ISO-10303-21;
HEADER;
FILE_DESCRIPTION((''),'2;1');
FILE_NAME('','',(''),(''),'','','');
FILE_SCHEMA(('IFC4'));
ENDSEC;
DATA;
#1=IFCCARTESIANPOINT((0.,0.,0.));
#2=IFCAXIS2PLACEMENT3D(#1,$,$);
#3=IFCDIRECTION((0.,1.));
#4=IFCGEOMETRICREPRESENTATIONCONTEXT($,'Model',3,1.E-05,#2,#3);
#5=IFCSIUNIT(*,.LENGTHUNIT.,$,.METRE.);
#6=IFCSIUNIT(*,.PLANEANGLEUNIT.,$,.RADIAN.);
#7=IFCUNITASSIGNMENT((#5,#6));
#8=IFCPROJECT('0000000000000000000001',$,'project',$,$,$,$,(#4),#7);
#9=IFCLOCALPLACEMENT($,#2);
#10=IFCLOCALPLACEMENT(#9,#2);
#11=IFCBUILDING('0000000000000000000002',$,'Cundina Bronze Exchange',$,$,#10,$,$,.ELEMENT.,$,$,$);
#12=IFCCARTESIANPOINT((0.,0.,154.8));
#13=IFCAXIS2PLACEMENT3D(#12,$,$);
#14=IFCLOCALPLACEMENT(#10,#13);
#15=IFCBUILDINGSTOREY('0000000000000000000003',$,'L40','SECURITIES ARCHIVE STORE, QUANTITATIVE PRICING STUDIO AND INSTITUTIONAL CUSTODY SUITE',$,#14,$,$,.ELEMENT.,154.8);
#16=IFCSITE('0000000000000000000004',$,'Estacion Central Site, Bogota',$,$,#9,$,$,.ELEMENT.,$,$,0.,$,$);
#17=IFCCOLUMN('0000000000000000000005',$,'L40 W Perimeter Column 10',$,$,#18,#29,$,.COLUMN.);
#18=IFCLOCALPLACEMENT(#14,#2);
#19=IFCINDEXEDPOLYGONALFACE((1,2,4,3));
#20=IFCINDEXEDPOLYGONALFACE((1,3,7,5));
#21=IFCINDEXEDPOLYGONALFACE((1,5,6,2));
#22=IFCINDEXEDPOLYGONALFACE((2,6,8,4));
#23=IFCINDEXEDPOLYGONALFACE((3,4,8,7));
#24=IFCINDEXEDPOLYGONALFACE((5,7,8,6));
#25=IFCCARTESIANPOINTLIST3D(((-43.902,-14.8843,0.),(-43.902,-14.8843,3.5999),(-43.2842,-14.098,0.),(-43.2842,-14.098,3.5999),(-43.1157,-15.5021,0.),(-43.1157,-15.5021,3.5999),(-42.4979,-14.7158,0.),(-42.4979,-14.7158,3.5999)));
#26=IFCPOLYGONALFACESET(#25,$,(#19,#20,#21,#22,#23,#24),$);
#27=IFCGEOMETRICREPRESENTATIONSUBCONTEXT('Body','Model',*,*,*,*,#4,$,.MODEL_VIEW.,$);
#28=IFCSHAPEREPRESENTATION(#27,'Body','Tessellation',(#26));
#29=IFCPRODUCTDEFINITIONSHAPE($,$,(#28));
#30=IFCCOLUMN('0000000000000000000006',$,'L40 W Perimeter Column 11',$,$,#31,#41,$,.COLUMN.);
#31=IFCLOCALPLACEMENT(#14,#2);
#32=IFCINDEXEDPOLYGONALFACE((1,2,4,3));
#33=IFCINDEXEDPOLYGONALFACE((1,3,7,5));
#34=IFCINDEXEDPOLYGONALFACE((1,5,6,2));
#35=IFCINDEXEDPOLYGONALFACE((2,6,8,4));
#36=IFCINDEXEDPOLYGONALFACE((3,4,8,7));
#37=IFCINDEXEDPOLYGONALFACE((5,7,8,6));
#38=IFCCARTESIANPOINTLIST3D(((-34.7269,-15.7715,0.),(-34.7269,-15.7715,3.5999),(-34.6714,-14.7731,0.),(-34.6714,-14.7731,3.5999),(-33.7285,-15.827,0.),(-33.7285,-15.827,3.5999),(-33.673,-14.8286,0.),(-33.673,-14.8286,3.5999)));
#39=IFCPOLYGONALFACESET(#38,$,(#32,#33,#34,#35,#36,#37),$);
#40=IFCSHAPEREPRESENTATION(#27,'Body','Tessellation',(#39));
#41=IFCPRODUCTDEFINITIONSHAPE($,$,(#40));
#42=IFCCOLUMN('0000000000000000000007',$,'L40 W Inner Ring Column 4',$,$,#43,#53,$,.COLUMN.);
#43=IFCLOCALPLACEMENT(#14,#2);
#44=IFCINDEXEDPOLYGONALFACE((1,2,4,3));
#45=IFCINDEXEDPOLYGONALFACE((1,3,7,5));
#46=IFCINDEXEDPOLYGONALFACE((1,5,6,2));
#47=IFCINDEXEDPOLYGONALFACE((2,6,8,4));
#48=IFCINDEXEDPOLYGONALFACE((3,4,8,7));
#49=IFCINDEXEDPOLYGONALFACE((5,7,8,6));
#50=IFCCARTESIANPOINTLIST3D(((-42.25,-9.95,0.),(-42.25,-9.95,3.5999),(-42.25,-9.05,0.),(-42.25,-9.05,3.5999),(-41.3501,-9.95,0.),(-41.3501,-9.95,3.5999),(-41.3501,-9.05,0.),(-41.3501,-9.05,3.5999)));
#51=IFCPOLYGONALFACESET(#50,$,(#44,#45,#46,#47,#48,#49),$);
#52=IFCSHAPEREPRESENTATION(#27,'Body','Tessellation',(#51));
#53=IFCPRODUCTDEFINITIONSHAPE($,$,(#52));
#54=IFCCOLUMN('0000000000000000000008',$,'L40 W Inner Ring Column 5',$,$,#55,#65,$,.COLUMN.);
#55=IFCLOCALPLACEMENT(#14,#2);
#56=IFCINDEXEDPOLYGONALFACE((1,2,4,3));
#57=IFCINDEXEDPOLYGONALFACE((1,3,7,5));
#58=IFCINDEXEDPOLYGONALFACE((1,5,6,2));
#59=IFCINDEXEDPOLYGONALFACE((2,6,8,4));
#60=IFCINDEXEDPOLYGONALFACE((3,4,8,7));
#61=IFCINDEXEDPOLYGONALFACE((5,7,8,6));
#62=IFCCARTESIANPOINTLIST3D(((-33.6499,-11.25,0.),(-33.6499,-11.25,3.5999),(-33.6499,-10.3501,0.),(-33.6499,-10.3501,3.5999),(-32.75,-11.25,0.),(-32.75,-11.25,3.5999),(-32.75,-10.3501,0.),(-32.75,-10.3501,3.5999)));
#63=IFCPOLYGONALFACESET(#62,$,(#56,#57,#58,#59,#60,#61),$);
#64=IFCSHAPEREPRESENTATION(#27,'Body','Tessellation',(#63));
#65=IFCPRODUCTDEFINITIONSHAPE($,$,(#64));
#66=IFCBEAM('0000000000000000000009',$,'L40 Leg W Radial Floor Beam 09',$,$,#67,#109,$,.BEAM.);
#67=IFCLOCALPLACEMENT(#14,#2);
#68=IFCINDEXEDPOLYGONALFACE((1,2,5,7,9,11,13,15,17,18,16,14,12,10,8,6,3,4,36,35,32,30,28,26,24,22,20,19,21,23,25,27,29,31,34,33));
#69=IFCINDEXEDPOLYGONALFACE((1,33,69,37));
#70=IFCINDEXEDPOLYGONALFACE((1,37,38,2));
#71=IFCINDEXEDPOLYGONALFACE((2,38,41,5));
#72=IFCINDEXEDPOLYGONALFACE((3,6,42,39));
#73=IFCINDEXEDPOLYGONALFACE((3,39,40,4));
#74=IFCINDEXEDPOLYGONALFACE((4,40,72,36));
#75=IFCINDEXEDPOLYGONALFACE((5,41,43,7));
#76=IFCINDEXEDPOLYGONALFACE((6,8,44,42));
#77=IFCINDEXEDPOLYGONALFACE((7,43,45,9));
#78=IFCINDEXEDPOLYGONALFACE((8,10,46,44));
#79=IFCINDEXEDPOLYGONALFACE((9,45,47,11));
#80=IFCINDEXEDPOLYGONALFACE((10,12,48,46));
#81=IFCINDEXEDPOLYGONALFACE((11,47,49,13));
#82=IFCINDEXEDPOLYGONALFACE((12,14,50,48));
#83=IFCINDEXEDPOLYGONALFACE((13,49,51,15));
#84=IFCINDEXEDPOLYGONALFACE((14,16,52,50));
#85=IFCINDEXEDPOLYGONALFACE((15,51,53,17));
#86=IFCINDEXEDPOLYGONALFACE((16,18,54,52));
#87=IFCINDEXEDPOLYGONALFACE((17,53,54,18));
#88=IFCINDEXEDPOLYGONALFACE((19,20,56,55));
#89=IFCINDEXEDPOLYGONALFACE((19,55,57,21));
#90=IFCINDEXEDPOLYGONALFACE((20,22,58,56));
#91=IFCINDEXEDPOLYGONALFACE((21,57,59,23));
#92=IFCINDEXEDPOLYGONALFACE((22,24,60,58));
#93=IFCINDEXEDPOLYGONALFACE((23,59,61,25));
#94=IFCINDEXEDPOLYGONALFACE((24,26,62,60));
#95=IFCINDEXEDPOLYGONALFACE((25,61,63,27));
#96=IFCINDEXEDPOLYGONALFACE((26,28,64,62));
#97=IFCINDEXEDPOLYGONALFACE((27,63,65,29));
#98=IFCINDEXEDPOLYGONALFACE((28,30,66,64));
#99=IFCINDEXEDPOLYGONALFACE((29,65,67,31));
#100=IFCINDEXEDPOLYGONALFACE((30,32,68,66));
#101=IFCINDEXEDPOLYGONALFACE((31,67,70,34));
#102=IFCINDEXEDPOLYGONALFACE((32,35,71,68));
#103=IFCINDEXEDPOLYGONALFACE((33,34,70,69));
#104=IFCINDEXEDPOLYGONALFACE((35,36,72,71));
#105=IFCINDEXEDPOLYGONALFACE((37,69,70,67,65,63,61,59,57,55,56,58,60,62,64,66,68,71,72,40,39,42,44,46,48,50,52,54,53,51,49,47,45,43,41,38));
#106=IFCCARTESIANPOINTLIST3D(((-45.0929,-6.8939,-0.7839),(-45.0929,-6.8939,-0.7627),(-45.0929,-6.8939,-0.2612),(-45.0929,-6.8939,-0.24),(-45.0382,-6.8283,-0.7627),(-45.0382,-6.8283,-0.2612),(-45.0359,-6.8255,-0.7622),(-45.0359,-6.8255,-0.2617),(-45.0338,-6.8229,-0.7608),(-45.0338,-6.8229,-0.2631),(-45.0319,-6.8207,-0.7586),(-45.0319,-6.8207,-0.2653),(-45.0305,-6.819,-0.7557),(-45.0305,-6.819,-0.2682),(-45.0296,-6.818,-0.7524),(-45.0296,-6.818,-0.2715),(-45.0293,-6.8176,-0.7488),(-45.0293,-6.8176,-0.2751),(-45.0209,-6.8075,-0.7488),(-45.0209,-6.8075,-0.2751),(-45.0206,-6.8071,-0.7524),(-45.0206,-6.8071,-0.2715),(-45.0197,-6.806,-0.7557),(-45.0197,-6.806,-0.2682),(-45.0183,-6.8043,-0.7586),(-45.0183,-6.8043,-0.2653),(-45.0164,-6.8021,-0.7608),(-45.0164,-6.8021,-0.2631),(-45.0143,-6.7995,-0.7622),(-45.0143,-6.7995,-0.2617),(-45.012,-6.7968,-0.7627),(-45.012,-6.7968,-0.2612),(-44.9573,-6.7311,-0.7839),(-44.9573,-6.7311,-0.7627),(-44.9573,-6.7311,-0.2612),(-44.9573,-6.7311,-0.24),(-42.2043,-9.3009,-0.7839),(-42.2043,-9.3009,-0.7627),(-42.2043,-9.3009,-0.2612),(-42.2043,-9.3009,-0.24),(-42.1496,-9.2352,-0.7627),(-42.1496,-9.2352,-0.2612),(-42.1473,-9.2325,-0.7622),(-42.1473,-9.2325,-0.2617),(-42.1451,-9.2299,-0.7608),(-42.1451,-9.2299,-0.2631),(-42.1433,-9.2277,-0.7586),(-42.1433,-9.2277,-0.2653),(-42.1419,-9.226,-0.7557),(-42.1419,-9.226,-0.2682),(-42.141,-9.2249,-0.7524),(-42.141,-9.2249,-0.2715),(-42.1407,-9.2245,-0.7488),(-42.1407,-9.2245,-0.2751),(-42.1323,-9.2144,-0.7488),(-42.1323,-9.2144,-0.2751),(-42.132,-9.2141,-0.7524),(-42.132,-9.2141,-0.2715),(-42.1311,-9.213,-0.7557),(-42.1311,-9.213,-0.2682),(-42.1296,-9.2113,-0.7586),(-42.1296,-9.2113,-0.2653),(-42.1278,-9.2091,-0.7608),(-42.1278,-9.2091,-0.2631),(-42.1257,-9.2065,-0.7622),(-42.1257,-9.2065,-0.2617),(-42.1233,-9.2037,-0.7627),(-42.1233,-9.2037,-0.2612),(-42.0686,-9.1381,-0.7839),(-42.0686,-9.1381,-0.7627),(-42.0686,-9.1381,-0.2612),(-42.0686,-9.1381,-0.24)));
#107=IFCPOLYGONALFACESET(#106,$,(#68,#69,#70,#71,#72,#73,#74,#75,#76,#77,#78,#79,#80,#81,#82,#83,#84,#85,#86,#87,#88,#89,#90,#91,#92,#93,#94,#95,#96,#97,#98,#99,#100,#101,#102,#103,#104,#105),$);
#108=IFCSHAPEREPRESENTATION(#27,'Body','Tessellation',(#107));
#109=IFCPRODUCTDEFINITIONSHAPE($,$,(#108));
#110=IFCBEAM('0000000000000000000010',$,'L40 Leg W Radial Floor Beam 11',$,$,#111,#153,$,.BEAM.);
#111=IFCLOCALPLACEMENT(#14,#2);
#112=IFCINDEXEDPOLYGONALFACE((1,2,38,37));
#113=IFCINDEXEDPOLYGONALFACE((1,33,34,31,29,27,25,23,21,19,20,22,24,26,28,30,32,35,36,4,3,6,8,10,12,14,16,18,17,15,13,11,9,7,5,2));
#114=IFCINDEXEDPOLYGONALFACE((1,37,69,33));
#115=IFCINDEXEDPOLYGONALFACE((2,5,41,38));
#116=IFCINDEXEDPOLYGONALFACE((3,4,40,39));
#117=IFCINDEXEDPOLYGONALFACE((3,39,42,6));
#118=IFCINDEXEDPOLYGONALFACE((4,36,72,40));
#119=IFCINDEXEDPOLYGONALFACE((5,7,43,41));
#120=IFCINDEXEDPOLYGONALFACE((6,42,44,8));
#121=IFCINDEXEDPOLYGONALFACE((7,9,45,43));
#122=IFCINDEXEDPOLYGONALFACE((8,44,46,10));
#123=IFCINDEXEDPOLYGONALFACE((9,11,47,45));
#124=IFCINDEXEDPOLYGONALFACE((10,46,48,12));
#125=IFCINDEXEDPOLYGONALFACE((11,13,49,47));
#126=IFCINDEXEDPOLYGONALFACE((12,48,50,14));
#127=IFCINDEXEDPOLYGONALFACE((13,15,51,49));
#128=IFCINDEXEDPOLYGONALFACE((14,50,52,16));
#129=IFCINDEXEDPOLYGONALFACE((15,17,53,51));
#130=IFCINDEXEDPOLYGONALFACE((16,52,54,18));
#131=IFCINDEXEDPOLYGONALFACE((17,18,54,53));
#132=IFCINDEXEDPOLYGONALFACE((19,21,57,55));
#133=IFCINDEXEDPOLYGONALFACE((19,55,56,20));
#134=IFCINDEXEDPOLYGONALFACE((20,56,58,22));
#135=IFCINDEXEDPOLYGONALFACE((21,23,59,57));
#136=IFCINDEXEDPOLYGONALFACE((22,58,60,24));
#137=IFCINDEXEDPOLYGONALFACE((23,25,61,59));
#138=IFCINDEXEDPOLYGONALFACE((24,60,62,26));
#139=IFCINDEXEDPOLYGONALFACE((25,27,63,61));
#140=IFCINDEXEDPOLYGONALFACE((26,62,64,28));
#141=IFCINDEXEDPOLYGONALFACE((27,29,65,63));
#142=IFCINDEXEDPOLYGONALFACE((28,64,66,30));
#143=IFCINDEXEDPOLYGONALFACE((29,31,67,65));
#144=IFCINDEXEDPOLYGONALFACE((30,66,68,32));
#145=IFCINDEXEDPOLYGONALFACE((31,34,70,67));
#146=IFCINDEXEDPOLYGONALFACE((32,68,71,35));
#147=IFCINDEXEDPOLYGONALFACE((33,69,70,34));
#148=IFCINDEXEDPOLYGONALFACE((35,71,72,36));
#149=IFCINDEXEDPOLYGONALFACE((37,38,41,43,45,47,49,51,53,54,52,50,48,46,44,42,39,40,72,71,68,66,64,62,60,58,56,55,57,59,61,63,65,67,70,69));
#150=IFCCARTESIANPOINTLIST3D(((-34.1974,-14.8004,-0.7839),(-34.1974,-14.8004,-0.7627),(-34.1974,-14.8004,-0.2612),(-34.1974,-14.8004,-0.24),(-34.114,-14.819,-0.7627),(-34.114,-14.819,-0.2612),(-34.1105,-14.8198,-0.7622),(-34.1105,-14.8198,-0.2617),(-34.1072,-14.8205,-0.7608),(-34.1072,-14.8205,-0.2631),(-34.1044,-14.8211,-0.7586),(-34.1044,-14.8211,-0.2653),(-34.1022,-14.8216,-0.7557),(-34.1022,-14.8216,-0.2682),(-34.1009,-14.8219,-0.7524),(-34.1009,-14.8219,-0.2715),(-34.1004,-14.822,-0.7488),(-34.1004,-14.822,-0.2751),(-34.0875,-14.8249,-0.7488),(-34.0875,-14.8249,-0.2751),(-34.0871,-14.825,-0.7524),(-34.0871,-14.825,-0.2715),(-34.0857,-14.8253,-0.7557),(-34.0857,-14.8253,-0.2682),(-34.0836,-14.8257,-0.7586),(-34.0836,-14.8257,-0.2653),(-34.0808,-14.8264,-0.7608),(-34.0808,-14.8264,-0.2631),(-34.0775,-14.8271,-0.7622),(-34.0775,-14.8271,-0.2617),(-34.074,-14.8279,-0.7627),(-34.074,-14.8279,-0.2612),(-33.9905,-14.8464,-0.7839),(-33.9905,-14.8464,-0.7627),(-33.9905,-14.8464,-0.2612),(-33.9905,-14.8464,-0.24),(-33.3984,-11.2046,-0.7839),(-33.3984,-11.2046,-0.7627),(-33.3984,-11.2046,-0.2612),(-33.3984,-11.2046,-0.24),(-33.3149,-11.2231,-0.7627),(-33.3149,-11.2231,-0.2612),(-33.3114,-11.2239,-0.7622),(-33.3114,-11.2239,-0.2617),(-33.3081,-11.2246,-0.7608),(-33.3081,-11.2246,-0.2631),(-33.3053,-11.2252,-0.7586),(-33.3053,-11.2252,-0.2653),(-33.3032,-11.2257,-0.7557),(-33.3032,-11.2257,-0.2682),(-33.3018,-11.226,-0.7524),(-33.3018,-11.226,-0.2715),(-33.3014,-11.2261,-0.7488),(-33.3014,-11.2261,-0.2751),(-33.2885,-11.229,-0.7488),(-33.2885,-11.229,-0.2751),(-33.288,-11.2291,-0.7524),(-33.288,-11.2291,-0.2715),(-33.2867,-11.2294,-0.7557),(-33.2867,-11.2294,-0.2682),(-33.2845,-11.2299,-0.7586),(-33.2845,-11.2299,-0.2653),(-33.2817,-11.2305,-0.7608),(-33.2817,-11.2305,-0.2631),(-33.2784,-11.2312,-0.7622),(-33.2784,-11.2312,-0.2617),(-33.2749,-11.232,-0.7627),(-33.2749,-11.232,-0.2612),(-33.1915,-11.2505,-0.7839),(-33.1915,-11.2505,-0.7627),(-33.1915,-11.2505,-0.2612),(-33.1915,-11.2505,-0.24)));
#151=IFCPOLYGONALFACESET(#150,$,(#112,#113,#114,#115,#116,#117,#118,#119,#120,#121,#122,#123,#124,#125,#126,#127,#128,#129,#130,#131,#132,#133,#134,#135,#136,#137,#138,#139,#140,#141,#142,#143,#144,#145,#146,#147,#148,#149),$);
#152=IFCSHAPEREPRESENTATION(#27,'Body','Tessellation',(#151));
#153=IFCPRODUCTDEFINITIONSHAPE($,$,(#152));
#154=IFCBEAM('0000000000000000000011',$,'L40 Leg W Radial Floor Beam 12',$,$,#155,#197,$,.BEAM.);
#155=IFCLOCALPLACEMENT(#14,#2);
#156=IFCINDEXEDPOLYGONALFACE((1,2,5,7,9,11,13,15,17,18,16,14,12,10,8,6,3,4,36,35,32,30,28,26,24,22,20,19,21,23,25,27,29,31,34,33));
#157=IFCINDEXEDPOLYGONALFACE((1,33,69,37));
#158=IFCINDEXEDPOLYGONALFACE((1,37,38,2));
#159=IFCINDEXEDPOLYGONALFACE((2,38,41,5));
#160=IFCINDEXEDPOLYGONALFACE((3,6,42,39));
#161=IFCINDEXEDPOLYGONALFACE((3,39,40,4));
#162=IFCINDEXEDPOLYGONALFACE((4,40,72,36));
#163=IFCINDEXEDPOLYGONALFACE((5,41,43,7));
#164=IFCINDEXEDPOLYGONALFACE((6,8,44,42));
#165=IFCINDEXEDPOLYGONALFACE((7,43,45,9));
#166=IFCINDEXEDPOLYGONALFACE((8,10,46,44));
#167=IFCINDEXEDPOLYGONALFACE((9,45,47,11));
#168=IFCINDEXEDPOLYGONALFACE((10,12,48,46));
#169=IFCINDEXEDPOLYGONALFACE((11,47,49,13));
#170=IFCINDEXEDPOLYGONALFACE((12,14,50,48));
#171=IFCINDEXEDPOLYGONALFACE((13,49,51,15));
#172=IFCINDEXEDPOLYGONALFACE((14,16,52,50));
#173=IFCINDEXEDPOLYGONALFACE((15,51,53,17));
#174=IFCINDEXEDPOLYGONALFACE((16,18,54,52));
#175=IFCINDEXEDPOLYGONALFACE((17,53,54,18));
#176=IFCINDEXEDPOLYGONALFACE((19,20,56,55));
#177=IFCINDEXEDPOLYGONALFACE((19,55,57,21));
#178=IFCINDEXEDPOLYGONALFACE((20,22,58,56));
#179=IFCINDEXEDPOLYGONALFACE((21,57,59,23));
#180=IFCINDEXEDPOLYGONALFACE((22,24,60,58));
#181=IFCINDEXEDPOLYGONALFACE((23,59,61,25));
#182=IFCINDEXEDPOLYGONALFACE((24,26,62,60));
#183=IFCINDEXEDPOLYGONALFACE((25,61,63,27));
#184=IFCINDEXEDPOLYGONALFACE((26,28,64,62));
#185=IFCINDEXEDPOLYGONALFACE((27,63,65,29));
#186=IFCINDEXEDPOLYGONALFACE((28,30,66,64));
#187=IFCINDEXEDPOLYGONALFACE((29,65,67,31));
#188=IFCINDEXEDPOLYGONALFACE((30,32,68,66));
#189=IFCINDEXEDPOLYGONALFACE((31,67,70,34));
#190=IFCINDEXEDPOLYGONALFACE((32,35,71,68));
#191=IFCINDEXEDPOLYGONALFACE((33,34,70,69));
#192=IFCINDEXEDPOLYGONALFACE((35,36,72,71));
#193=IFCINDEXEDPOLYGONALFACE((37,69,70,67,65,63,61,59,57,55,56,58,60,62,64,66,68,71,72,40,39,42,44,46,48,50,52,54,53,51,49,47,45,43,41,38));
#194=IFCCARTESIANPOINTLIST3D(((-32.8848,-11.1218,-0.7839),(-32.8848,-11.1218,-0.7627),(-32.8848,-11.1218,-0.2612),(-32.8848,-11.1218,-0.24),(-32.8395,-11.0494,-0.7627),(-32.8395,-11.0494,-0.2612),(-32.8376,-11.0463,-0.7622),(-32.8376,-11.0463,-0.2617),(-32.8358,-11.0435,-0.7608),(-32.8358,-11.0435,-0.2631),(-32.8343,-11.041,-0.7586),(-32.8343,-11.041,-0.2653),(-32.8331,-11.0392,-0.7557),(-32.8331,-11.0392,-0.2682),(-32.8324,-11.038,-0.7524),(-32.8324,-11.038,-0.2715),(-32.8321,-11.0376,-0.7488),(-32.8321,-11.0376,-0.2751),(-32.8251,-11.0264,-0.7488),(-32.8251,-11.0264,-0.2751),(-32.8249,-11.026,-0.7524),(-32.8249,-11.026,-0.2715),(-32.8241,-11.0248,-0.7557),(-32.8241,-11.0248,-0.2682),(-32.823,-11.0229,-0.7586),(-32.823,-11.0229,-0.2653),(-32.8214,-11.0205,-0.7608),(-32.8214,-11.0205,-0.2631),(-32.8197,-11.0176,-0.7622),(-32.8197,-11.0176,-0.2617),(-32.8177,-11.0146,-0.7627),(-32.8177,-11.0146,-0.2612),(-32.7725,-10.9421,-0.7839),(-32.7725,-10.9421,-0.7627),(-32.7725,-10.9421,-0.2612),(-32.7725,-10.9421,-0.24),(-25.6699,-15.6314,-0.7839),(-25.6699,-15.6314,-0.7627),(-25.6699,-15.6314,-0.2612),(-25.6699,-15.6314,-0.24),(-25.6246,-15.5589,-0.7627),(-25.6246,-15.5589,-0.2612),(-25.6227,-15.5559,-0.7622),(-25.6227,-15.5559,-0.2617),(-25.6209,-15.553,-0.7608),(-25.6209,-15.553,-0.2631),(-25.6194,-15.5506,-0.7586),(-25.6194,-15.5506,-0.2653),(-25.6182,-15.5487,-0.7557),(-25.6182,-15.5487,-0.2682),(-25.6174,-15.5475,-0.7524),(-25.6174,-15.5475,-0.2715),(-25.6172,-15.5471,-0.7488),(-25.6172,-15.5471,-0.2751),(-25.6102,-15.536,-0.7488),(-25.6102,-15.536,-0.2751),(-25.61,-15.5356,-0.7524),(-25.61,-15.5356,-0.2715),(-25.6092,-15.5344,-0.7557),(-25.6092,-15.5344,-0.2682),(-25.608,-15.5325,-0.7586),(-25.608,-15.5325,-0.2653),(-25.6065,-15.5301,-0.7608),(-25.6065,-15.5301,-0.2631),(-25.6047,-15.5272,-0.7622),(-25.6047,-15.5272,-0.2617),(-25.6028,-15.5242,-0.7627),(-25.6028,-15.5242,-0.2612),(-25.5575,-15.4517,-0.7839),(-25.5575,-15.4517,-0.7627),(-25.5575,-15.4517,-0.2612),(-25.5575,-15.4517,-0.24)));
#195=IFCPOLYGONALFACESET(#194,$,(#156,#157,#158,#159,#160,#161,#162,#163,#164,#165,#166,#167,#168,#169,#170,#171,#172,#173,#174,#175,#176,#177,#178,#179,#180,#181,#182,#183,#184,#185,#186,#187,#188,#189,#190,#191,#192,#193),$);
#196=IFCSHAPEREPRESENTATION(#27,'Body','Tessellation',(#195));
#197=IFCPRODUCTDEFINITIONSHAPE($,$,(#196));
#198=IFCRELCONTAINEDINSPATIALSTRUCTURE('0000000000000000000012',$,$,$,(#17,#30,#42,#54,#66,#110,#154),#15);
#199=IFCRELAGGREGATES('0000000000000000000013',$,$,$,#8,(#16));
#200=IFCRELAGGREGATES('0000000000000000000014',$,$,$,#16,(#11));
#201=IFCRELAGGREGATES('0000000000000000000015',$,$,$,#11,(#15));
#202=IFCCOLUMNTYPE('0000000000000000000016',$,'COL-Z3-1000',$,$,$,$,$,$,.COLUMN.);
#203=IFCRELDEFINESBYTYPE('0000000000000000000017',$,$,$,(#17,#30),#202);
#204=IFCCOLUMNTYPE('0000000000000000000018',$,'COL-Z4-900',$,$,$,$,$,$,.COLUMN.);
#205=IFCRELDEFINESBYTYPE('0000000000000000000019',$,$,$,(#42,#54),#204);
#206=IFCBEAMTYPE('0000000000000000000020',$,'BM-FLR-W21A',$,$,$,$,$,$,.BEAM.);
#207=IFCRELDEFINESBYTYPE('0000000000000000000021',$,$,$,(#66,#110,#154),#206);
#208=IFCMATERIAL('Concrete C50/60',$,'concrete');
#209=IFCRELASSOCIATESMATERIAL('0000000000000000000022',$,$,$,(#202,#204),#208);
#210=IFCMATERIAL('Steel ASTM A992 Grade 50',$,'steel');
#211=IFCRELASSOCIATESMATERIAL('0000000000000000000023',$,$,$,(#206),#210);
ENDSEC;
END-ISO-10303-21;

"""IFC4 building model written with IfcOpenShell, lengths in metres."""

from ifc_helpers import new_model, si_unit, direction, frame, origin, origin_2d, place, context, subcontext, project, spatial, rectangle, i_section, extrude, material, material_profile, profile_set, type_object, element, save


model = new_model("IFC4")

# Units and contexts
model_context = context("Model", 3, precision=1e-05, world=origin(), true_north=direction((0.0, 1.0)))
body_context = subcontext(model_context, "Body", "Model", "MODEL_VIEW")
ifc_project = project(units=[si_unit("LENGTHUNIT", "METRE"), si_unit("PLANEANGLEUNIT", "RADIAN")], contexts=[model_context])

# Site, building, storey
site_placement = place(None, origin())
site = spatial("IfcSite", under=ifc_project, at=site_placement, Name="Estacion Central Site, Bogota", CompositionType="ELEMENT", RefElevation=0.0)
building_placement = place(site_placement, origin())
building = spatial("IfcBuilding", under=site, at=building_placement, Name="Cundina Bronze Exchange", CompositionType="ELEMENT")
storey_placement = place(building_placement, frame((0.0, 0.0, 154.8)))
storey = spatial("IfcBuildingStorey", under=building, at=storey_placement, Name="L40", Description="SECURITIES ARCHIVE STORE, QUANTITATIVE PRICING STUDIO AND INSTITUTIONAL CUSTODY SUITE", CompositionType="ELEMENT", Elevation=154.8)

# Columns
ifc_material_1 = material(Name="Concrete C50/60", Category="concrete")
ifc_material_profile_1 = material_profile(ifc_material_1, rectangle(XDim=1.0, YDim=1.0, at=origin_2d()), Name="RC1000X1000", Category="concrete")
ifc_profile_set_1 = profile_set([ifc_material_profile_1], Name="Concrete C50/60")
column_type_1 = type_object("IfcColumnType", Name="COL-Z3-1000", PredefinedType="COLUMN", material=ifc_profile_set_1)
for number, where, z_axis, x_axis, name in (
    (1, (-43.2, -14.8, 0.0), (0.0, 0.0, 1.0), (0.786288, -0.61786, 0.0), "L40 W Perimeter Column 10"),
    (2, (-34.2, -15.3, 0.0), (0.0, 0.0, 1.0), (0.99846, -0.055473, 0.0), "L40 W Perimeter Column 11"),
):
    element("IfcColumn", number, at=place(storey_placement, frame(where, z_axis=z_axis, x_axis=x_axis)), inside=storey, type_object=column_type_1, Name=name, PredefinedType="COLUMN", context=body_context, shape_type="SweptSolid", body=[
        extrude(rectangle(XDim=1.0, YDim=1.0, at=origin_2d()), origin(), (0.0, 0.0, 1.0), 3.5999),
    ])
ifc_material_profile_2 = material_profile(ifc_material_1, rectangle(XDim=0.8999, YDim=0.8999, at=origin_2d()), Name="RC900X900", Category="concrete")
ifc_profile_set_2 = profile_set([ifc_material_profile_2], Name="Concrete C50/60")
column_type_2 = type_object("IfcColumnType", Name="COL-Z4-900", PredefinedType="COLUMN", material=ifc_profile_set_2)
for number, where, z_axis, x_axis, name in (
    (3, (-41.8, -9.5, 0.0), (0.0, 0.0, 1.0), (1.0, 0.0, 0.0), "L40 W Inner Ring Column 4"),
    (4, (-33.2, -10.8, 0.0), (0.0, 0.0, 1.0), (1.0, 0.0, 0.0), "L40 W Inner Ring Column 5"),
):
    element("IfcColumn", number, at=place(storey_placement, frame(where, z_axis=z_axis, x_axis=x_axis)), inside=storey, type_object=column_type_2, Name=name, PredefinedType="COLUMN", context=body_context, shape_type="SweptSolid", body=[
        extrude(rectangle(XDim=0.8999, YDim=0.8999, at=origin_2d()), origin(), (0.0, 0.0, 1.0), 3.5999),
    ])

# Beams
ifc_material_2 = material(Name="Steel ASTM A992 Grade 50", Category="steel")
ifc_material_profile_3 = material_profile(ifc_material_2, i_section(OverallWidth=0.2119, OverallDepth=0.5439, WebThickness=0.0132, FlangeThickness=0.0212, FilletRadius=0.0139, at=origin_2d()), Name="W21X83", Category="steel")
ifc_profile_set_3 = profile_set([ifc_material_profile_3], Name="Steel ASTM A992 Grade 50")
beam_type_1 = type_object("IfcBeamType", Name="BM-FLR-W21A", PredefinedType="BEAM", material=ifc_profile_set_3)
beam_1_placement = place(storey_placement, frame((-42.1365, -9.2195, -0.512), z_axis=(-0.768253, 0.640146, 0.0), x_axis=(-0.640146, -0.768253, 0.0)))
element("IfcBeam", 5, at=beam_1_placement, inside=storey, type_object=beam_type_1, Name="L40 Leg W Radial Floor Beam 09", PredefinedType="BEAM", context=body_context, shape_type="SweptSolid", body=[
    extrude(i_section(OverallWidth=0.2119, OverallDepth=0.5439, WebThickness=0.0132, FlangeThickness=0.0212, FilletRadius=0.0139, at=origin_2d()), origin(), (0.0, 0.0, 1.0), 3.76),
])
beam_2_placement = place(storey_placement, frame((-33.2949, -11.2275, -0.512), z_axis=(-0.216923, -0.976189, 0.0), x_axis=(0.976189, -0.216923, 0.0)))
element("IfcBeam", 6, at=beam_2_placement, inside=storey, type_object=beam_type_1, Name="L40 Leg W Radial Floor Beam 11", PredefinedType="BEAM", context=body_context, shape_type="SweptSolid", body=[
    extrude(i_section(OverallWidth=0.2119, OverallDepth=0.5439, WebThickness=0.0132, FlangeThickness=0.0212, FilletRadius=0.0139, at=origin_2d()), origin(), (0.0, 0.0, 1.0), 3.6836),
])
beam_3_placement = place(storey_placement, frame((-32.8286, -11.032, -0.512), z_axis=(0.847985, -0.53002, 0.0), x_axis=(0.53002, 0.847985, 0.0)))
element("IfcBeam", 7, at=beam_3_placement, inside=storey, type_object=beam_type_1, Name="L40 Leg W Radial Floor Beam 12", PredefinedType="BEAM", context=body_context, shape_type="SweptSolid", body=[
    extrude(i_section(OverallWidth=0.2119, OverallDepth=0.5439, WebThickness=0.0132, FlangeThickness=0.0212, FilletRadius=0.0139, at=origin_2d()), origin(), (0.0, 0.0, 1.0), 8.5083),
])

save(model, "model.ifc")
